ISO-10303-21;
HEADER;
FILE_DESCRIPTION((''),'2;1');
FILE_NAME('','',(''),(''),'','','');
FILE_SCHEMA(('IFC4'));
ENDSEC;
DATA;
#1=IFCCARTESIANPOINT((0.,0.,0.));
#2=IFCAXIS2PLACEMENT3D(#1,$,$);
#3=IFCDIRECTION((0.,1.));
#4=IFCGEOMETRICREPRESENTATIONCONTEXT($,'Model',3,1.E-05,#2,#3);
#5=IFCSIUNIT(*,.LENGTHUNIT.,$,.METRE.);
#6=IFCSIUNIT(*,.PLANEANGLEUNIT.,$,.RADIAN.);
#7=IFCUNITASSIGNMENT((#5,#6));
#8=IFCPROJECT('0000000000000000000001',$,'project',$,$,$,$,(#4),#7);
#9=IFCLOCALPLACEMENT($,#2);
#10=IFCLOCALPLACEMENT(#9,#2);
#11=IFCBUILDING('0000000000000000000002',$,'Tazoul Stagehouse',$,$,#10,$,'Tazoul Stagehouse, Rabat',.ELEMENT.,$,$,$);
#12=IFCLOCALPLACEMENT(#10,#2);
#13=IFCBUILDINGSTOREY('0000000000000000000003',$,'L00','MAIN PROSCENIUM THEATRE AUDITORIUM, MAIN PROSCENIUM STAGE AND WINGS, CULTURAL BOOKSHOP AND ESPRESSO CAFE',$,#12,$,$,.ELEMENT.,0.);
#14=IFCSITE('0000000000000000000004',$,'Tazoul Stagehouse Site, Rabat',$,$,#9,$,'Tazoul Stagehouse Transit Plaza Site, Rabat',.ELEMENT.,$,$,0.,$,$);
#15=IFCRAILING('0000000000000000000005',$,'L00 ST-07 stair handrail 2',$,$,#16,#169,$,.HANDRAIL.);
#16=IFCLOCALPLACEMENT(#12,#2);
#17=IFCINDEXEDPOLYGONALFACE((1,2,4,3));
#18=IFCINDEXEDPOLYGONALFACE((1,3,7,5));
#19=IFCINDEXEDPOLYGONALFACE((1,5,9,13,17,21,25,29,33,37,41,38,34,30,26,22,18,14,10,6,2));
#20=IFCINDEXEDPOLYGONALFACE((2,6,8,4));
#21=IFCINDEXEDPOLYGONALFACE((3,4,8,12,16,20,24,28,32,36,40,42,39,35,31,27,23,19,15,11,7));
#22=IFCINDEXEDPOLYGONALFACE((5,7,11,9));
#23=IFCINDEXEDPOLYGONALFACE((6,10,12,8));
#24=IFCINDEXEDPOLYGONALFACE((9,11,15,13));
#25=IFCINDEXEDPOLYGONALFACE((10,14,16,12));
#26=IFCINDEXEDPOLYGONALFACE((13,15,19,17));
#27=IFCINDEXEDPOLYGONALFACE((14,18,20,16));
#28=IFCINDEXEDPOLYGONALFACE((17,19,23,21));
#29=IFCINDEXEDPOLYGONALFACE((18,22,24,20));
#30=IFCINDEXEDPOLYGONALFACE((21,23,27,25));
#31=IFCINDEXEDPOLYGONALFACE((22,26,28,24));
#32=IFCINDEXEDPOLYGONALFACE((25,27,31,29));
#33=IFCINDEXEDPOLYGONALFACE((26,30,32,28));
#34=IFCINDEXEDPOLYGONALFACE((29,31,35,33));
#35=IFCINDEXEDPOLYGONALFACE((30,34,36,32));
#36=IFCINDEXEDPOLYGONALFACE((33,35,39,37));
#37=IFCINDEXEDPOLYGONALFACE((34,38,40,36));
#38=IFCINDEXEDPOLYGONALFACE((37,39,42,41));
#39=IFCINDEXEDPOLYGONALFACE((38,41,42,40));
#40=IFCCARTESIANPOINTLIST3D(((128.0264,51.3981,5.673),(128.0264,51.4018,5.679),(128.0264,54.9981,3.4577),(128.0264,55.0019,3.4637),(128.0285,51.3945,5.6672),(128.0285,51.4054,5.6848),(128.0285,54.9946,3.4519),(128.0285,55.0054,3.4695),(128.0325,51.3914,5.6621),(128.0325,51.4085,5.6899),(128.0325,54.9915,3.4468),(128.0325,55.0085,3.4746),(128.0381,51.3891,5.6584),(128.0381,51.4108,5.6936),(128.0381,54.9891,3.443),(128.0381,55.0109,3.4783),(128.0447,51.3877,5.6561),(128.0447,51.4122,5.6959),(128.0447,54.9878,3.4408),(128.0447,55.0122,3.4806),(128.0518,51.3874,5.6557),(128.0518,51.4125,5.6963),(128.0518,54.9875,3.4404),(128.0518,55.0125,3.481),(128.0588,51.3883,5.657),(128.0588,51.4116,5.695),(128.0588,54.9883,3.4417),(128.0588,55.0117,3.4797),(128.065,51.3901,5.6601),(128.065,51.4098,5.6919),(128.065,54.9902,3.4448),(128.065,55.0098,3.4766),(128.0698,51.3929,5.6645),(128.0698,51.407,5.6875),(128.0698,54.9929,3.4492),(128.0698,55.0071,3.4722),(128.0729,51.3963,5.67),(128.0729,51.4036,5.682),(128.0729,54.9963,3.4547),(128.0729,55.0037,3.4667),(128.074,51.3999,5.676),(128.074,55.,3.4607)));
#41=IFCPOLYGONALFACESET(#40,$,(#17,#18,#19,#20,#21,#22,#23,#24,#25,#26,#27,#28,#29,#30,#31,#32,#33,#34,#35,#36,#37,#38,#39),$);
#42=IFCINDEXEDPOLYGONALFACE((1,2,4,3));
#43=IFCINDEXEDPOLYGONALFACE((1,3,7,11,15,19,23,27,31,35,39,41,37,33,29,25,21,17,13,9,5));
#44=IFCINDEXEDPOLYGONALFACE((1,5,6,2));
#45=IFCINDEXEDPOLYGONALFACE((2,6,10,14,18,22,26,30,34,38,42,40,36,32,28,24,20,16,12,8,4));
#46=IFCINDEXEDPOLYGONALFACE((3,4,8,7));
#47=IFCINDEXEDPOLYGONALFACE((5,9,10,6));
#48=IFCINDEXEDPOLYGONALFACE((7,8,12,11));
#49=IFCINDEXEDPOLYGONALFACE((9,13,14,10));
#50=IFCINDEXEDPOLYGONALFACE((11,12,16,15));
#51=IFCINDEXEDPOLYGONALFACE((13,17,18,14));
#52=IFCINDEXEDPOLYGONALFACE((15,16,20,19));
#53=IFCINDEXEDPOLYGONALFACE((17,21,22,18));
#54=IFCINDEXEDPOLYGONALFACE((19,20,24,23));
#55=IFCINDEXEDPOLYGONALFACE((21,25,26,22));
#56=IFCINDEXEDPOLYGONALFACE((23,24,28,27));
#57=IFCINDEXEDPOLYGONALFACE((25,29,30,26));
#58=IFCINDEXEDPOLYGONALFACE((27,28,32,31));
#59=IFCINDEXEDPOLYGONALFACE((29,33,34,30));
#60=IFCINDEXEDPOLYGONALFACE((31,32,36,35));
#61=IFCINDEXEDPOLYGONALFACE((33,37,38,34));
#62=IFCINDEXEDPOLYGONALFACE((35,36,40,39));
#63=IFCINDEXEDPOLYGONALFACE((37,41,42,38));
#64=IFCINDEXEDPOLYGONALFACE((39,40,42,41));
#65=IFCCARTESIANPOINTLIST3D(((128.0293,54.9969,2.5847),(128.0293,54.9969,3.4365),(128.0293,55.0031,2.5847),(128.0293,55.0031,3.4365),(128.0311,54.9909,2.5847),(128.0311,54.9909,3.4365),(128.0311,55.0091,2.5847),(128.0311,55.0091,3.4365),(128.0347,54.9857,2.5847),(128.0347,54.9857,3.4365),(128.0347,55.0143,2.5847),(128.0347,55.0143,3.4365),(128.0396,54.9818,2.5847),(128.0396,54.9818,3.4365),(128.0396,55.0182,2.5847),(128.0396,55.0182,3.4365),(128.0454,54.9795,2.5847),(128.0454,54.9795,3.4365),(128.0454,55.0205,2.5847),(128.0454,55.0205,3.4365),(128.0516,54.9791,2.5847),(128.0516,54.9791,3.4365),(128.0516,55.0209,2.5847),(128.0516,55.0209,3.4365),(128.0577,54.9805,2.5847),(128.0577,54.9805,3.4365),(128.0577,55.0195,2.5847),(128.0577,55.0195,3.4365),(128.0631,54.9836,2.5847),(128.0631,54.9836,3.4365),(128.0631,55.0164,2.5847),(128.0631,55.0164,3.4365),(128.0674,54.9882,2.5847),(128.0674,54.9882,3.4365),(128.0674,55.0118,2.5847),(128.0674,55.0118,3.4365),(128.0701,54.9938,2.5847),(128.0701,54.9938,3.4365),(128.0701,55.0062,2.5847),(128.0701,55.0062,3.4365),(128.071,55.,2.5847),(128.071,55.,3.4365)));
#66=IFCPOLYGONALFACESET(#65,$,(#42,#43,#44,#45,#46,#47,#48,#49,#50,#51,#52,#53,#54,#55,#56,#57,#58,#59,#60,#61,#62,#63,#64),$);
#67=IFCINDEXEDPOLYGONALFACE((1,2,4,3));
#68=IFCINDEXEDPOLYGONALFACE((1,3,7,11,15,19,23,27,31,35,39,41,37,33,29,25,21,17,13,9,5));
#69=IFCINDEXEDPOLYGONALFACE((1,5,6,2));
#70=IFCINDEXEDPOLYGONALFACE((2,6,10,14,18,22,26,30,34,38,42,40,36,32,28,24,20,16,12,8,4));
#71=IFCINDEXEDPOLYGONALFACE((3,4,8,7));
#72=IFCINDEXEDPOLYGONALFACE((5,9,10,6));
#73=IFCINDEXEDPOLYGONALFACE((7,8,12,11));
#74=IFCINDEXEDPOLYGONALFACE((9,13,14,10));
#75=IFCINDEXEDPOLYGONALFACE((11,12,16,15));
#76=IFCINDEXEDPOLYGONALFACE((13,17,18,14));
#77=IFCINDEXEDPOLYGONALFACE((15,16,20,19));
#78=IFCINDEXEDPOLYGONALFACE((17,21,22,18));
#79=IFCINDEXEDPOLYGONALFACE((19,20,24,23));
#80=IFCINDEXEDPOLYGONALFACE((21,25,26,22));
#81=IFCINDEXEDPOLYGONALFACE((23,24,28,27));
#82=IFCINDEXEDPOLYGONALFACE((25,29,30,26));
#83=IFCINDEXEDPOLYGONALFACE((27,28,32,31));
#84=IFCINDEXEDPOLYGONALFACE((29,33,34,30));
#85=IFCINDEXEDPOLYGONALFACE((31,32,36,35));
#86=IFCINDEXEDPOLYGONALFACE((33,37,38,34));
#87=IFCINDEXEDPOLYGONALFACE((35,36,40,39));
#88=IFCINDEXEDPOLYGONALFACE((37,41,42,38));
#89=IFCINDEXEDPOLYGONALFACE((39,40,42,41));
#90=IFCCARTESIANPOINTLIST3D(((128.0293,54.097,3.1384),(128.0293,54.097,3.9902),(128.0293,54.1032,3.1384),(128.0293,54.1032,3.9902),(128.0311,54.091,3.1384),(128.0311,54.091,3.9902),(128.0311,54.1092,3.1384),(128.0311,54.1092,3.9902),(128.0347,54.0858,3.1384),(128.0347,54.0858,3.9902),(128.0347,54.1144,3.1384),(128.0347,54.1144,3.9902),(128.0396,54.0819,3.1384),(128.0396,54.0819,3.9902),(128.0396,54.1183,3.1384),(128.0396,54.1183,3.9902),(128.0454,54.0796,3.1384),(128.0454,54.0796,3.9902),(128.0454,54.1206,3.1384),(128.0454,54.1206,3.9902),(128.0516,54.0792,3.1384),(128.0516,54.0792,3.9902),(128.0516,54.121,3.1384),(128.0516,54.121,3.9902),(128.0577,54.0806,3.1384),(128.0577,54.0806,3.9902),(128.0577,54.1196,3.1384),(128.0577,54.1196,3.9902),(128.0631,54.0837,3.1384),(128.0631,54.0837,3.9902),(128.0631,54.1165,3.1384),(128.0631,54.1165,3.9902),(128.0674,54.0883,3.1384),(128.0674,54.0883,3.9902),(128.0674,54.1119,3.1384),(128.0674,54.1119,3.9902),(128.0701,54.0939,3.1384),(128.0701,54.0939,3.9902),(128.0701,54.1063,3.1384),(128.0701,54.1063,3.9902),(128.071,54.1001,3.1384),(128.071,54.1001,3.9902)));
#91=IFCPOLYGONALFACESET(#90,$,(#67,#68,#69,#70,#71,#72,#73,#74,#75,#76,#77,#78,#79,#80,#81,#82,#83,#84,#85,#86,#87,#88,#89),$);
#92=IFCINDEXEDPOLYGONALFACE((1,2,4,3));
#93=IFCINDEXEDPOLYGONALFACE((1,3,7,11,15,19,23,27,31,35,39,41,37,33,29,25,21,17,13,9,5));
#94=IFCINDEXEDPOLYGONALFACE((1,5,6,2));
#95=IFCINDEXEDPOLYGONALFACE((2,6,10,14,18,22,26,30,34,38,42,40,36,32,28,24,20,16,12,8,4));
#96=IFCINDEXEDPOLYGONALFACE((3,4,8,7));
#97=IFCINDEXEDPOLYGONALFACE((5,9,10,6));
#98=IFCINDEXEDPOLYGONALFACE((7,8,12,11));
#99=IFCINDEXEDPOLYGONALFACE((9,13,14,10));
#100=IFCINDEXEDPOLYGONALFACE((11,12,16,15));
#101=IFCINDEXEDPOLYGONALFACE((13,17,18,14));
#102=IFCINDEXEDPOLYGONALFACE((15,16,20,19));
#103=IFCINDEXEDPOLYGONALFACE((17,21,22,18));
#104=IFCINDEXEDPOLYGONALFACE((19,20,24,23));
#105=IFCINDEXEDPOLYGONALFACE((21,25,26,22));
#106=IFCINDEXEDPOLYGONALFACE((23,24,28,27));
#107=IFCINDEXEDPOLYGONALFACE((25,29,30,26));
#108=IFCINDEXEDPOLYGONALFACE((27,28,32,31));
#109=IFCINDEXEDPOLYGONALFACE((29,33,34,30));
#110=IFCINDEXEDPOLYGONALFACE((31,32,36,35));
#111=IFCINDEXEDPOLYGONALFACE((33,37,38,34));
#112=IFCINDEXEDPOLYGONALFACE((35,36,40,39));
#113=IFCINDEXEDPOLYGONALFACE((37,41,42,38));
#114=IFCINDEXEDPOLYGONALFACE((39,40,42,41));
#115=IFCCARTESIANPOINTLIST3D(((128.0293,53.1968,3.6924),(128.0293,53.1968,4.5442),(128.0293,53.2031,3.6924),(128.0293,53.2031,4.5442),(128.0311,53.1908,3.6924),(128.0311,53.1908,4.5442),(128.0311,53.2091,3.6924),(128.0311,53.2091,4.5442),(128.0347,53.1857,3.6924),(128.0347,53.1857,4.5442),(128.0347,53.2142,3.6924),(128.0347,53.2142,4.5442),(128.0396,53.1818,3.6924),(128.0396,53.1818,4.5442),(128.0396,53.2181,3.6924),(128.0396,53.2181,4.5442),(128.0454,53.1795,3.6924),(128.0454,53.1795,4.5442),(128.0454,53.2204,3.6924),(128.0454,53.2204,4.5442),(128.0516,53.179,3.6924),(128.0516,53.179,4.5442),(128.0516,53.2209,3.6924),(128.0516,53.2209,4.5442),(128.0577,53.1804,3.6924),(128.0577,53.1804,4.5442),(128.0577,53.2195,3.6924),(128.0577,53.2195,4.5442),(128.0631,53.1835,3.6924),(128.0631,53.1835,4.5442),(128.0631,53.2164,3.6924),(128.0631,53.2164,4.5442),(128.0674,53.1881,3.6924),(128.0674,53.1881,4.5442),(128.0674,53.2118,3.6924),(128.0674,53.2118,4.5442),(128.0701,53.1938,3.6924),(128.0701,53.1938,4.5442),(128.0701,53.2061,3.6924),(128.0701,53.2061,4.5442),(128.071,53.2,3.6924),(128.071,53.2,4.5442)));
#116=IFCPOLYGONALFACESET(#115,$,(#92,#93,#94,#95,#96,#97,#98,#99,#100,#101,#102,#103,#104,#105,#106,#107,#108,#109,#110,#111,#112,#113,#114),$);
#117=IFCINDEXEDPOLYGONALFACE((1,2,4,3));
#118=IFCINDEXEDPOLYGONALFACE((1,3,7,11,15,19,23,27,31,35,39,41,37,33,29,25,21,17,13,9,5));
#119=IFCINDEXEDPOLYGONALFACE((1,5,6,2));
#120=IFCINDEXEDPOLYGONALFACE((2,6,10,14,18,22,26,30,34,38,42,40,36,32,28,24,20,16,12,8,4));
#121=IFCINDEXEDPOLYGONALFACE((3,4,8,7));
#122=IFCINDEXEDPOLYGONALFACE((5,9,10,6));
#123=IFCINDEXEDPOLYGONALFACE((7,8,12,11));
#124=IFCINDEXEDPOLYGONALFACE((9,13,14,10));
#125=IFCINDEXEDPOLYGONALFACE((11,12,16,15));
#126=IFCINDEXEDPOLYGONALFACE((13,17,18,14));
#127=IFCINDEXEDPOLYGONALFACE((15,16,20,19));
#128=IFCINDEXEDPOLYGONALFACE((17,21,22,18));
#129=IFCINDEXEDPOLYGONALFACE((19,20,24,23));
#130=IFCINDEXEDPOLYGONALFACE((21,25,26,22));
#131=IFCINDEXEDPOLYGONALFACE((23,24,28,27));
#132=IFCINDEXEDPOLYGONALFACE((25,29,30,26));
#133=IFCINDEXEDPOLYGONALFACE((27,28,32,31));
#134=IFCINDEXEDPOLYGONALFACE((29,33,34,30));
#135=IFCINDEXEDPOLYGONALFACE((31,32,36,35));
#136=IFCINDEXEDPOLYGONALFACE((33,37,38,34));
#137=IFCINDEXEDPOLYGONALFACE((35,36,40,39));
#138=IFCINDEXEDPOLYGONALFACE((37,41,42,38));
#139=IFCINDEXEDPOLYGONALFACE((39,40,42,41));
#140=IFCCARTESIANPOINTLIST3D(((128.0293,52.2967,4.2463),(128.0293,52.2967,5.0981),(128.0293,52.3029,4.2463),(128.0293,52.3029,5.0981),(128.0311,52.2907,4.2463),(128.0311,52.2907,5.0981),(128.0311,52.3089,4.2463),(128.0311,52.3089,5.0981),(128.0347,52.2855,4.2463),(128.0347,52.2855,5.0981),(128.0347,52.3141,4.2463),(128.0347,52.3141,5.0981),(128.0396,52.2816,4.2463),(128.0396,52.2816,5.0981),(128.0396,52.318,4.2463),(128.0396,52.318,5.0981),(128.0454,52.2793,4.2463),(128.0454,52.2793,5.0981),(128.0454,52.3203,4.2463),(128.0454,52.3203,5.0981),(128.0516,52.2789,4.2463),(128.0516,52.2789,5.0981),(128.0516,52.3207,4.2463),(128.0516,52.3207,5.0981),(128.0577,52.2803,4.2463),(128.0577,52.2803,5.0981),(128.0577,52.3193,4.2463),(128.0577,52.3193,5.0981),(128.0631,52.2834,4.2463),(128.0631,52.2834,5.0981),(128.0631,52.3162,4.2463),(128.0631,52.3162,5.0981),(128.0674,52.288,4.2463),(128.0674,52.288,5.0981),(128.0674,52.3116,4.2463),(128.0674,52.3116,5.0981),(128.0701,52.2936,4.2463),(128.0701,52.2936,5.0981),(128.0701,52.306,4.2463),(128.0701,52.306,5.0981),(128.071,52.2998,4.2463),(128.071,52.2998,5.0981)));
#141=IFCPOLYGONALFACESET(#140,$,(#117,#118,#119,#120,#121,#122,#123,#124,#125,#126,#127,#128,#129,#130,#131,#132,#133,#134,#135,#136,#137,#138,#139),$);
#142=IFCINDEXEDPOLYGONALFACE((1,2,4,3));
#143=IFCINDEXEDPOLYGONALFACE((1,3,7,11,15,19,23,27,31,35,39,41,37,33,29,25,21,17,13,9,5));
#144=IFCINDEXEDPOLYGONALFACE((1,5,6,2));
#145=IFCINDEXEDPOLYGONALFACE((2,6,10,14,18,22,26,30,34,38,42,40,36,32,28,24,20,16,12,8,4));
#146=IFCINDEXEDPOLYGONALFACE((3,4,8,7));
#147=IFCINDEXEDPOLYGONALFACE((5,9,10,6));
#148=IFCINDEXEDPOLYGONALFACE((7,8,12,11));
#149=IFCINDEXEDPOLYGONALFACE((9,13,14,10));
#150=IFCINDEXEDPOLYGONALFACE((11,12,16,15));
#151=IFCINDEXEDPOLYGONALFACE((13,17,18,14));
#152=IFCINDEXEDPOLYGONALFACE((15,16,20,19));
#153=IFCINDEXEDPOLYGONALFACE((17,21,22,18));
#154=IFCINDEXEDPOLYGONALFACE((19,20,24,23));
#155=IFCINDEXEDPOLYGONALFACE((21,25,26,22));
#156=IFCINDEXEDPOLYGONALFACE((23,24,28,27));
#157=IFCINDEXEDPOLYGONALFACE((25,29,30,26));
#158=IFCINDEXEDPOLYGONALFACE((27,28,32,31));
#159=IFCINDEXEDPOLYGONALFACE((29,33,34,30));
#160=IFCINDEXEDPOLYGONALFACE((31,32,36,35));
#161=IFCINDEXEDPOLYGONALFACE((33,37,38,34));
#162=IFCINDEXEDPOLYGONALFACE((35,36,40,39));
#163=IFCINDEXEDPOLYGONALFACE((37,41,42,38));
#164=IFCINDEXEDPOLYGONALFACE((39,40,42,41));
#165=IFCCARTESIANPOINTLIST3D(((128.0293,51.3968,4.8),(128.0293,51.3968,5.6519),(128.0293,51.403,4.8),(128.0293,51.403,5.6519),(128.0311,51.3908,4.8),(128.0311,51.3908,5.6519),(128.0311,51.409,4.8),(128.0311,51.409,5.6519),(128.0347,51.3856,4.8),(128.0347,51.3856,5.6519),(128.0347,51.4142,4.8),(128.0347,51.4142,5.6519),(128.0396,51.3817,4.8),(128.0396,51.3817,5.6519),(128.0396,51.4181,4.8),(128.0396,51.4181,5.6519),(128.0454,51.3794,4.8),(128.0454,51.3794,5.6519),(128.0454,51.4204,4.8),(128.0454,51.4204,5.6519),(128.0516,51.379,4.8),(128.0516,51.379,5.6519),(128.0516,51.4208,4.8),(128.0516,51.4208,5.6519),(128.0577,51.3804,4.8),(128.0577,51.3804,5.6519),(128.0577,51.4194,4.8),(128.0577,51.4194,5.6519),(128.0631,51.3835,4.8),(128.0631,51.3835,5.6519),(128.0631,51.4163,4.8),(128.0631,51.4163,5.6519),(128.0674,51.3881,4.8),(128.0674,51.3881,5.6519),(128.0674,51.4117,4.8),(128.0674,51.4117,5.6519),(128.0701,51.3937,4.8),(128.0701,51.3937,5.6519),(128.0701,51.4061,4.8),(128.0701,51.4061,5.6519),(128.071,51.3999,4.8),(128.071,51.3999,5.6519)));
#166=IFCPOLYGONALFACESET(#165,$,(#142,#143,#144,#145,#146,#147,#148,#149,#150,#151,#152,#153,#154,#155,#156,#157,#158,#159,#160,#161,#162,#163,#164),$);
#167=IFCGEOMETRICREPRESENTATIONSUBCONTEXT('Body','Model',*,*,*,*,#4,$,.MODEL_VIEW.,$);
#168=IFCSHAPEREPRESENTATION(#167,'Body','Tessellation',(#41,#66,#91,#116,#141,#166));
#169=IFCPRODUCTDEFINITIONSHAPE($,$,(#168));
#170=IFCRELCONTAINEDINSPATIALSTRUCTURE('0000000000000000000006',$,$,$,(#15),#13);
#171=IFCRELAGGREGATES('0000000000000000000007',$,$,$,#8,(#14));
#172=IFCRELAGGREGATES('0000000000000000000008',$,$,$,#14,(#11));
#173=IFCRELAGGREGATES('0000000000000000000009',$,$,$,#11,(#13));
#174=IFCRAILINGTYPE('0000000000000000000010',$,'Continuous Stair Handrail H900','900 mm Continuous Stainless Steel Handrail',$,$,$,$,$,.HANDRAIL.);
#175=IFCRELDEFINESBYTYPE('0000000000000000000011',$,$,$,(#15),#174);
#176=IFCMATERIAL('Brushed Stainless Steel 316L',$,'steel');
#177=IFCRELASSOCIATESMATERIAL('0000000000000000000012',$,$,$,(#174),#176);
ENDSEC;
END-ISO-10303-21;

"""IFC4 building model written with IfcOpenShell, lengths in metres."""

from ifc_helpers import new_model, si_unit, direction, frame, origin, origin_2d, place, context, subcontext, project, spatial, circle, extrude, material, material_profile, profile_set, type_object, element, save


model = new_model("IFC4")

# Units and contexts
model_context = context("Model", 3, precision=1e-05, world=origin(), true_north=direction((0.0, 1.0)))
body_context = subcontext(model_context, "Body", "Model", "MODEL_VIEW")
ifc_project = project(units=[si_unit("LENGTHUNIT", "METRE"), si_unit("PLANEANGLEUNIT", "RADIAN")], contexts=[model_context])

# Site, building, storey
site_placement = place(None, origin())
site = spatial("IfcSite", under=ifc_project, at=site_placement, Name="Tazoul Stagehouse Site, Rabat", LongName="Tazoul Stagehouse Transit Plaza Site, Rabat", CompositionType="ELEMENT", RefElevation=0.0)
building_placement = place(site_placement, origin())
building = spatial("IfcBuilding", under=site, at=building_placement, Name="Tazoul Stagehouse", LongName="Tazoul Stagehouse, Rabat", CompositionType="ELEMENT")
storey_placement = place(building_placement, origin())
storey = spatial("IfcBuildingStorey", under=building, at=storey_placement, Name="L00", Description="MAIN PROSCENIUM THEATRE AUDITORIUM, MAIN PROSCENIUM STAGE AND WINGS, CULTURAL BOOKSHOP AND ESPRESSO CAFE", CompositionType="ELEMENT", Elevation=0.0)

# Railing
ifc_material_1 = material(Name="Brushed Stainless Steel 316L", Category="steel")
ifc_material_profile_1 = material_profile(ifc_material_1, circle(Radius=0.021, at=origin_2d()), Name="SS HANDRAIL D42")
ifc_profile_set_1 = profile_set([ifc_material_profile_1], Name="Brushed Stainless Steel 316L")
railing_type_1 = type_object("IfcRailingType", Name="Continuous Stair Handrail H900", Description="900 mm Continuous Stainless Steel Handrail", PredefinedType="HANDRAIL", material=ifc_profile_set_1)
railing_1_placement = place(storey_placement, frame((128.05, 55.0, 2.5847)))
element("IfcRailing", 1, at=railing_1_placement, inside=storey, type_object=railing_type_1, Name="L00 ST-07 stair handrail 2", PredefinedType="HANDRAIL", context=body_context, shape_type="SweptSolid", body=[
    extrude(circle(Radius=0.0239, at=origin_2d()), frame((0.0, 0.0, 0.876), z_axis=(0.0, -0.85167, 0.524078), x_axis=(1.0, 0.0, 0.0)), (0.0, 0.0, 1.0), 4.2271),
    extrude(circle(Radius=0.021, at=origin_2d()), origin(), (0.0, 0.0, 1.0), 0.8518),
    extrude(circle(Radius=0.021, at=origin_2d()), frame((0.0, -0.8999, 0.5537)), (0.0, 0.0, 1.0), 0.8518),
    extrude(circle(Radius=0.021, at=origin_2d()), frame((0.0, -1.8, 1.1077)), (0.0, 0.0, 1.0), 0.8518),
    extrude(circle(Radius=0.021, at=origin_2d()), frame((0.0, -2.7002, 1.6616)), (0.0, 0.0, 1.0), 0.8518),
    extrude(circle(Radius=0.021, at=origin_2d()), frame((0.0, -3.6001, 2.2153)), (0.0, 0.0, 1.0), 0.8518),
])

save(model, "model.ifc")
